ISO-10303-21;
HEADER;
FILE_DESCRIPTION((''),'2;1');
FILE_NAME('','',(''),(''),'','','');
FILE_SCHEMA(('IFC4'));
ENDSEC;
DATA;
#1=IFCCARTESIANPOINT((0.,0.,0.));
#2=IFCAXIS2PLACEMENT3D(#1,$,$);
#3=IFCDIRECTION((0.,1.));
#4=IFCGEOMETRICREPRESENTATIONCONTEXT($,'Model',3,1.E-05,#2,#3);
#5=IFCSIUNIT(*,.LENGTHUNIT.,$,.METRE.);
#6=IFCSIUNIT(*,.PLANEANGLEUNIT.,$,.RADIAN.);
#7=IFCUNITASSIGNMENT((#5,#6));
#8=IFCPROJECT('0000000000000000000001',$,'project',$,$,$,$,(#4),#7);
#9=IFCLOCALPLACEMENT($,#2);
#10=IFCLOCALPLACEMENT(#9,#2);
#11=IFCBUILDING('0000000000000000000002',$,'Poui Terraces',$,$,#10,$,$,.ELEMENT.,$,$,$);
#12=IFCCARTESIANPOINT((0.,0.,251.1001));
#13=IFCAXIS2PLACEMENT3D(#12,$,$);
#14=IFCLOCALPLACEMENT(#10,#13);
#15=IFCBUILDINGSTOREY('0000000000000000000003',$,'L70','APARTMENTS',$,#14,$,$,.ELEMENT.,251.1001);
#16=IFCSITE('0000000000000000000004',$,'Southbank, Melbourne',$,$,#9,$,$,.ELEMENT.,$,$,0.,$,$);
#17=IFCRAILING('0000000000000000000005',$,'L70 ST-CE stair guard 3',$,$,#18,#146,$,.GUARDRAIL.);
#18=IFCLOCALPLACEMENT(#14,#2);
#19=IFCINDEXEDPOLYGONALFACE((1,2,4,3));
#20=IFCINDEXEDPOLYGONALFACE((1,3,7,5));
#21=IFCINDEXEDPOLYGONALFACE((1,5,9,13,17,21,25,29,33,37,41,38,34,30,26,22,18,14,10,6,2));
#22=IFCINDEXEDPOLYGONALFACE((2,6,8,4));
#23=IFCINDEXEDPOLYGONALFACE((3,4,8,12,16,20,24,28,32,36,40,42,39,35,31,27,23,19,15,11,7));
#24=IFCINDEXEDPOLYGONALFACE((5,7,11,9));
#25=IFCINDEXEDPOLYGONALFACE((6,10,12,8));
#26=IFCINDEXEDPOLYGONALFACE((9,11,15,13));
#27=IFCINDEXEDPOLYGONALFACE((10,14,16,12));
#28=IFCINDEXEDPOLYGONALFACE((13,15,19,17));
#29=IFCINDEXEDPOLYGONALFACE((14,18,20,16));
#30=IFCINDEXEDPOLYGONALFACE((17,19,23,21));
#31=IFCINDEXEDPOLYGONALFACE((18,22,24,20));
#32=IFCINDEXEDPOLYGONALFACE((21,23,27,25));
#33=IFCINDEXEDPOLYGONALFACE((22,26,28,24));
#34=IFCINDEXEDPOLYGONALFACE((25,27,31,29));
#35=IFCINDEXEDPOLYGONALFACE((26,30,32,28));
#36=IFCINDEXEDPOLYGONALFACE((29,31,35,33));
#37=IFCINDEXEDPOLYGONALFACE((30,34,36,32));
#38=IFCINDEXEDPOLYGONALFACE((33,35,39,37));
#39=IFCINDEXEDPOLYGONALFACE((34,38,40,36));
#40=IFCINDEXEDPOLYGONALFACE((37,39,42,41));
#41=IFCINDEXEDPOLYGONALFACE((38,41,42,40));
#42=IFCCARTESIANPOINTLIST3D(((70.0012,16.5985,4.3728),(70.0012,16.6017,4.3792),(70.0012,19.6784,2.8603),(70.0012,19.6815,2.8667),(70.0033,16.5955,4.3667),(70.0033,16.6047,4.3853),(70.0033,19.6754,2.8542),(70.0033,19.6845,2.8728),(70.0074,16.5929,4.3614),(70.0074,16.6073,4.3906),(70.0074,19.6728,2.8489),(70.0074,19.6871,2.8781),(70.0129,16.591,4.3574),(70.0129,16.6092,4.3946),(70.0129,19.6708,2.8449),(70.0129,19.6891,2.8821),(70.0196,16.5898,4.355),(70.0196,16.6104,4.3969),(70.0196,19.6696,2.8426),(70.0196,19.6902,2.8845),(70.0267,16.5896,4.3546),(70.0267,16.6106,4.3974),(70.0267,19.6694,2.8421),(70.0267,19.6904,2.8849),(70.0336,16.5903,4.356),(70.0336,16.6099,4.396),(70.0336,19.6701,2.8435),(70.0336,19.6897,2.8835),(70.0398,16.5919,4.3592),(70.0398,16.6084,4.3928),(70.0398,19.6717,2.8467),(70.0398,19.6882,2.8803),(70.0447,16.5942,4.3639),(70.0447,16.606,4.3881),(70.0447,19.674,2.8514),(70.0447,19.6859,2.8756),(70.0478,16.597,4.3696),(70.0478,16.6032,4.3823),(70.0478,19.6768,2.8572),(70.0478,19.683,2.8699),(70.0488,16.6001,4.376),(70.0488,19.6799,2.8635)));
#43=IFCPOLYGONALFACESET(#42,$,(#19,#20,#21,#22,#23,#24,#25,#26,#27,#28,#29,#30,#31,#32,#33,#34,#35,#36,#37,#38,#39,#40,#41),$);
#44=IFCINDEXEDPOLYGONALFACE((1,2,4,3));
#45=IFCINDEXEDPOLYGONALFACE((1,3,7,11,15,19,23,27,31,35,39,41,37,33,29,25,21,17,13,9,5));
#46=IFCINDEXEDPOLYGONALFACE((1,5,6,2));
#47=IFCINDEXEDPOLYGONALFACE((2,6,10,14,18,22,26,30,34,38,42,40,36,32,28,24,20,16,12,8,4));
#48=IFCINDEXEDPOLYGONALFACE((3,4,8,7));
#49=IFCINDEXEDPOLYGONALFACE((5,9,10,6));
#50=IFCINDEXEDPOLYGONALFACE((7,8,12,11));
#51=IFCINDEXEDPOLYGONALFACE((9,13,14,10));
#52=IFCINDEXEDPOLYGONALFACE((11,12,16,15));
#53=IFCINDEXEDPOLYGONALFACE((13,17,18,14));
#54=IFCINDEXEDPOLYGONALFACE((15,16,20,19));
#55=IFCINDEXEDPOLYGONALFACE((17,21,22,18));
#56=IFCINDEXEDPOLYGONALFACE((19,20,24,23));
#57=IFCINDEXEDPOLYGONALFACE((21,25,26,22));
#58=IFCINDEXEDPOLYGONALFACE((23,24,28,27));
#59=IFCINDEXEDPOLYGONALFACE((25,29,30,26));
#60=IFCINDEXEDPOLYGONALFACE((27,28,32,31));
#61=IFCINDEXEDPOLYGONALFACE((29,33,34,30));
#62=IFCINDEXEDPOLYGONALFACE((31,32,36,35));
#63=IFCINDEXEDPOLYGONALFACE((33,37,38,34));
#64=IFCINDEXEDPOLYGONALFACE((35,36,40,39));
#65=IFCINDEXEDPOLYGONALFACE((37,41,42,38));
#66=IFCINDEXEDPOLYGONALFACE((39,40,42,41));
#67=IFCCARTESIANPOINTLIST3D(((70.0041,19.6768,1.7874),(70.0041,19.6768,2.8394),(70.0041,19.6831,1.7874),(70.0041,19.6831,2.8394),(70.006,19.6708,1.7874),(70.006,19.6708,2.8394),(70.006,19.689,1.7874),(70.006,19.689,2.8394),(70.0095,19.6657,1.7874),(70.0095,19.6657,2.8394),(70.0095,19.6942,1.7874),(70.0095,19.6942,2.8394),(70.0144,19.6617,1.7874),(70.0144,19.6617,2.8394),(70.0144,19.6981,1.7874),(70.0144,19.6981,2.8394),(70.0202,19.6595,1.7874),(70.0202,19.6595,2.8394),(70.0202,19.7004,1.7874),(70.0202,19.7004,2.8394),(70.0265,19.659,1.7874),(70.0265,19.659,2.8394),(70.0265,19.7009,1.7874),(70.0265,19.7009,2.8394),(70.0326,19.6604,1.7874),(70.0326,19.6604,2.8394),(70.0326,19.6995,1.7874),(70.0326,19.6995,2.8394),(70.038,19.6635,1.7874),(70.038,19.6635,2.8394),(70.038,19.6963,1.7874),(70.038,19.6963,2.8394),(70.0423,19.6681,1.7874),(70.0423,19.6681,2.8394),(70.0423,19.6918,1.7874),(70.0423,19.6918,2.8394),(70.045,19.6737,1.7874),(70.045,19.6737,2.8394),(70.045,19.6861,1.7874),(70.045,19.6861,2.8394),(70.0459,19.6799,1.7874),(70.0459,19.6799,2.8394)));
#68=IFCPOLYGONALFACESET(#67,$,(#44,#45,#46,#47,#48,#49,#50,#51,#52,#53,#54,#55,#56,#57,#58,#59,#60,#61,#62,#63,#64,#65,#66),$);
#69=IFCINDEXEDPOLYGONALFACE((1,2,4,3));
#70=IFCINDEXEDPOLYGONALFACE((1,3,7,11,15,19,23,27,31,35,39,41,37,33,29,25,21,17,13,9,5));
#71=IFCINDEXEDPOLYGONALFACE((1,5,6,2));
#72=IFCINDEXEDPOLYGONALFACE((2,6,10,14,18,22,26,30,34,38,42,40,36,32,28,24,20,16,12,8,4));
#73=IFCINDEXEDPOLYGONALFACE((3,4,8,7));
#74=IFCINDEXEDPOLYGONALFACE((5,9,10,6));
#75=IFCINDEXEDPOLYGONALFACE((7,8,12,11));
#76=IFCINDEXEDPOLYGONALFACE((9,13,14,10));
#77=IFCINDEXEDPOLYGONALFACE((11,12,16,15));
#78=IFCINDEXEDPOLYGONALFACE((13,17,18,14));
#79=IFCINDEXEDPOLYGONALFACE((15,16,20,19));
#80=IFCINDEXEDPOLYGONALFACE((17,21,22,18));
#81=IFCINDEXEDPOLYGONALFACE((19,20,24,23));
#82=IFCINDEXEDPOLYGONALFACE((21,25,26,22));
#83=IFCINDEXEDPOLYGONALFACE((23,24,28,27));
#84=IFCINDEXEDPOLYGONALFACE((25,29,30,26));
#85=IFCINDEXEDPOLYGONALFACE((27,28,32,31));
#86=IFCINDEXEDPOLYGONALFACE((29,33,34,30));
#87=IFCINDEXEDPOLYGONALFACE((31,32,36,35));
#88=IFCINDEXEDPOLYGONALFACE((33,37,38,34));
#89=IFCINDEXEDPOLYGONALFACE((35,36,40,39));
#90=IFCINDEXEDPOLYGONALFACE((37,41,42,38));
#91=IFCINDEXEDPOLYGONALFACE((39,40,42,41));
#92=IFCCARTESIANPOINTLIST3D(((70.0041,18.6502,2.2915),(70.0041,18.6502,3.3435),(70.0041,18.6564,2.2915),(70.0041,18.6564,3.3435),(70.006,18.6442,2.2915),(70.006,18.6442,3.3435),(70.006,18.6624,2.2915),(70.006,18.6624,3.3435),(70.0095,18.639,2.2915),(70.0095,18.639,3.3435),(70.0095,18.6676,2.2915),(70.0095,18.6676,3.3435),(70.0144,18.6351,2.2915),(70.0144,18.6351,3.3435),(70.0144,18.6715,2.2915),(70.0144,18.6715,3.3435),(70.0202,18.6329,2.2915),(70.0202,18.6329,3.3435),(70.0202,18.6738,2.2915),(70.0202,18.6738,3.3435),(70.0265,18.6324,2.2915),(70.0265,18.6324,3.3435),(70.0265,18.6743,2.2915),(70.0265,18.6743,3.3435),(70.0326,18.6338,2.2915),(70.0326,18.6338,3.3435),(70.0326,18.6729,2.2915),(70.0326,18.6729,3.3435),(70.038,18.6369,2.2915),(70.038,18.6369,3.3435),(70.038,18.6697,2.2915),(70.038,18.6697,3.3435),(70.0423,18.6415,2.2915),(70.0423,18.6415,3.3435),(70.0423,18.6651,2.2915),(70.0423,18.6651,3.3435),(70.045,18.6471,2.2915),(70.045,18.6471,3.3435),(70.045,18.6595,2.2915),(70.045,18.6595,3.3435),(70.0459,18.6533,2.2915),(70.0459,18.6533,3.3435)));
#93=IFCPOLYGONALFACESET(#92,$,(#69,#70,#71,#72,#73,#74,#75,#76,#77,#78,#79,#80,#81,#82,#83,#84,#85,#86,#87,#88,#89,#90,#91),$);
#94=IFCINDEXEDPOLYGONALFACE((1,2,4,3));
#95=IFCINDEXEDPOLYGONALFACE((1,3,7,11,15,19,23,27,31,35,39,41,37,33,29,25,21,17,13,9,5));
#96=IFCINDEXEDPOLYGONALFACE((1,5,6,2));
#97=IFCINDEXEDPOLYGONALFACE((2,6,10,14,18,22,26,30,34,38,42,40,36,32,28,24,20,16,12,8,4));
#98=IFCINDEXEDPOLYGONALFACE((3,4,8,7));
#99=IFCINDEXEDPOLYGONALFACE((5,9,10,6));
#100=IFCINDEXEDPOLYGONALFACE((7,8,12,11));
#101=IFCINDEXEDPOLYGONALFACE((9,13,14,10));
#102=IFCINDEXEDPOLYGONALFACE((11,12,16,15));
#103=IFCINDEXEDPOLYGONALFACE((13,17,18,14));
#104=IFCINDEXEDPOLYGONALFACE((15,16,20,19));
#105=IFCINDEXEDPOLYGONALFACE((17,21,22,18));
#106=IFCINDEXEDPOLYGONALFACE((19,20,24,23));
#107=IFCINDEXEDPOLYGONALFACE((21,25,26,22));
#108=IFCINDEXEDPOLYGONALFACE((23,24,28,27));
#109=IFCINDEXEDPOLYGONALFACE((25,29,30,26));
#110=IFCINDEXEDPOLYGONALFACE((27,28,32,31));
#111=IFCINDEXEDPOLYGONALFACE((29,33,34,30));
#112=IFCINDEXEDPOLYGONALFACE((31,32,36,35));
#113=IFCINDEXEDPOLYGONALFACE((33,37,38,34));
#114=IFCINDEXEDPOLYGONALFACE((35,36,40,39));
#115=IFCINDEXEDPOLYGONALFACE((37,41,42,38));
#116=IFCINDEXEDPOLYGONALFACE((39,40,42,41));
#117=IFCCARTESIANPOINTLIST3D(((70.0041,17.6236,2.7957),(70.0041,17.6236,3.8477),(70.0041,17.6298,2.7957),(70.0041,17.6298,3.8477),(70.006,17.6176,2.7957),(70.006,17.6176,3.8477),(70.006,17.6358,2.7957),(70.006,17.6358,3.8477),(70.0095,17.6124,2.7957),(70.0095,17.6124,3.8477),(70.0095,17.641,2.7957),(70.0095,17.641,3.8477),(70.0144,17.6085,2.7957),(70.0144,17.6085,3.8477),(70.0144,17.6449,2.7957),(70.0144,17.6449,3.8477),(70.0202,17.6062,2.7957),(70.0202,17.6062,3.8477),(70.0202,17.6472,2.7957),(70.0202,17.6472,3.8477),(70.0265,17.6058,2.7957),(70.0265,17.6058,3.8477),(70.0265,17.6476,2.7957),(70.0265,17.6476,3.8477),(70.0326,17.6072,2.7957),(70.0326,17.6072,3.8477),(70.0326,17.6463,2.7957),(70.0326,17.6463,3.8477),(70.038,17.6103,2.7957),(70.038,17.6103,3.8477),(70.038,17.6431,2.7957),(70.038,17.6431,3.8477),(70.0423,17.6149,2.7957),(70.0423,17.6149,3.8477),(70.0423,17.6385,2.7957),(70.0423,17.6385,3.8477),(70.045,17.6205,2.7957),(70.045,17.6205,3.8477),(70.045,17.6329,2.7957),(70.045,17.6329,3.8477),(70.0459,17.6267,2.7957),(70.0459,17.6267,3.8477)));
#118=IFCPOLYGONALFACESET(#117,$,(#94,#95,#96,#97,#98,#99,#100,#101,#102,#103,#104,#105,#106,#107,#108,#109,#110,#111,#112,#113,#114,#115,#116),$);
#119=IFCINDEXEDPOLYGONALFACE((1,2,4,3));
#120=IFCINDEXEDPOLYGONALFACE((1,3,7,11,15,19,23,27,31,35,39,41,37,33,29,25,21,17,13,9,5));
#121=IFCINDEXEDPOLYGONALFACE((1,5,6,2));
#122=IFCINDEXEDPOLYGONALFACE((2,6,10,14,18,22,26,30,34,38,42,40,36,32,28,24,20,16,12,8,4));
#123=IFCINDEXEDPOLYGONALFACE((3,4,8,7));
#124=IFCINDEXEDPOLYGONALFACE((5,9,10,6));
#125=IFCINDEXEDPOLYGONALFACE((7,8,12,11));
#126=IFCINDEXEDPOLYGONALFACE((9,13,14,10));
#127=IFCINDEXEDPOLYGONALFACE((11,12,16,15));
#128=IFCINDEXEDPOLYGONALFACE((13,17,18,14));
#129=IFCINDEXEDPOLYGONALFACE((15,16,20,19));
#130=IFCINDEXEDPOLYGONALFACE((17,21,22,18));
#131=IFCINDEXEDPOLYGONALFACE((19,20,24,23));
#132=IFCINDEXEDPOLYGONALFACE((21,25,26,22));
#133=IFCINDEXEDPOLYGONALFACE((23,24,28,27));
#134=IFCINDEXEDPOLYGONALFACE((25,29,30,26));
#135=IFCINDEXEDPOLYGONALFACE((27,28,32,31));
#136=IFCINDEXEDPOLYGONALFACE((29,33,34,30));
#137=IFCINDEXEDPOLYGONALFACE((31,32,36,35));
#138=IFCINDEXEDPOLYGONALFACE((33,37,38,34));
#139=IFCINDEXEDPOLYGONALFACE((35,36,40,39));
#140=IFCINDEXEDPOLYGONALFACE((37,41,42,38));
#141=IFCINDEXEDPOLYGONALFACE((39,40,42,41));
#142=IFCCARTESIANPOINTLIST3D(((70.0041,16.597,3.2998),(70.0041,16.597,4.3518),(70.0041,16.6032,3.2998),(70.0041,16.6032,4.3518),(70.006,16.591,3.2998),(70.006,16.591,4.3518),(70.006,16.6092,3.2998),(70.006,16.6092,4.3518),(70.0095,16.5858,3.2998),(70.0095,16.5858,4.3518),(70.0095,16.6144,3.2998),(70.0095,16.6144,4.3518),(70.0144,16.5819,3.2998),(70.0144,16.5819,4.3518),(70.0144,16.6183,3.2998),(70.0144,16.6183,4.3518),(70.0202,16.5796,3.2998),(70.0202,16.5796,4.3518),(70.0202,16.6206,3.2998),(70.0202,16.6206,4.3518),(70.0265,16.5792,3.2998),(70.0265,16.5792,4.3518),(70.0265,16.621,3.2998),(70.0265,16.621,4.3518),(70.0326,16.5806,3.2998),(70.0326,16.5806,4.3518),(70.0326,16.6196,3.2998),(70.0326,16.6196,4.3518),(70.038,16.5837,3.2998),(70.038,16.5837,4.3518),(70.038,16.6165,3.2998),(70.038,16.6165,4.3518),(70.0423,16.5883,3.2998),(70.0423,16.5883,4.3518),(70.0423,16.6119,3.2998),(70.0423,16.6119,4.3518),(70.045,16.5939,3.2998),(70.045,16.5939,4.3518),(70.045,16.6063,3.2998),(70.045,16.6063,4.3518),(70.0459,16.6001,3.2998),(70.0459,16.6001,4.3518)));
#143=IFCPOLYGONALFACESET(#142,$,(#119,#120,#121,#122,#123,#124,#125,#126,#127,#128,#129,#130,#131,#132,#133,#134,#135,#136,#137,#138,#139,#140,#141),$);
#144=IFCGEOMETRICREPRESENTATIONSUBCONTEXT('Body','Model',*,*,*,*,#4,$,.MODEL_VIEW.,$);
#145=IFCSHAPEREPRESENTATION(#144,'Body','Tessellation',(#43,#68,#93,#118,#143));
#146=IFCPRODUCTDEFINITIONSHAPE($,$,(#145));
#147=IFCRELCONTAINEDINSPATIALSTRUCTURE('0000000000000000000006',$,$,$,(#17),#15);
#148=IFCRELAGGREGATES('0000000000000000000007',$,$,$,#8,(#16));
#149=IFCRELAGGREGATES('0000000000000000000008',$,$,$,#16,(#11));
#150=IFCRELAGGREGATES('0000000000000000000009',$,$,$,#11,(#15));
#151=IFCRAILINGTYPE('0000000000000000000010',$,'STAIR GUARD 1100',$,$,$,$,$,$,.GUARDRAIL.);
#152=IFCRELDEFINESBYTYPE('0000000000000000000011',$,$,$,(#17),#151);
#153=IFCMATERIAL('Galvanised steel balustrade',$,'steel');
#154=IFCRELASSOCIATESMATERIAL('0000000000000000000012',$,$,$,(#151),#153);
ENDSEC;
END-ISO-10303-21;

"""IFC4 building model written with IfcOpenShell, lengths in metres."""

from ifc_helpers import new_model, si_unit, direction, frame, origin, origin_2d, place, context, subcontext, project, spatial, circle, extrude, material, type_object, element, save


model = new_model("IFC4")

# Units and contexts
model_context = context("Model", 3, precision=1e-05, world=origin(), true_north=direction((0.0, 1.0)))
body_context = subcontext(model_context, "Body", "Model", "MODEL_VIEW")
ifc_project = project(units=[si_unit("LENGTHUNIT", "METRE"), si_unit("PLANEANGLEUNIT", "RADIAN")], contexts=[model_context])

# Site, building, storey
site_placement = place(None, origin())
site = spatial("IfcSite", under=ifc_project, at=site_placement, Name="Southbank, Melbourne", CompositionType="ELEMENT", RefElevation=0.0)
building_placement = place(site_placement, origin())
building = spatial("IfcBuilding", under=site, at=building_placement, Name="Poui Terraces", CompositionType="ELEMENT")
storey_placement = place(building_placement, frame((0.0, 0.0, 251.1001)))
storey = spatial("IfcBuildingStorey", under=building, at=storey_placement, Name="L70", Description="APARTMENTS", CompositionType="ELEMENT", Elevation=251.1001)

# Railing
ifc_material_1 = material(Name="Galvanised steel balustrade", Category="steel")
railing_type_1 = type_object("IfcRailingType", Name="STAIR GUARD 1100", PredefinedType="GUARDRAIL", material=ifc_material_1)
railing_1_placement = place(storey_placement, frame((70.0249, 19.6799, 1.7874)))
element("IfcRailing", 1, at=railing_1_placement, inside=storey, type_object=railing_type_1, Name="L70 ST-CE stair guard 3", PredefinedType="GUARDRAIL", context=body_context, shape_type="SweptSolid", body=[
    extrude(circle(Radius=0.0239, at=origin_2d()), frame((0.0, 0.0, 1.0762), z_axis=(0.0, -0.897606, 0.440798), x_axis=(1.0, 0.0, 0.0)), (0.0, 0.0, 1.0), 3.4312),
    extrude(circle(Radius=0.021, at=origin_2d()), origin(), (0.0, 0.0, 1.0), 1.052),
    extrude(circle(Radius=0.021, at=origin_2d()), frame((0.0, -1.0266, 0.5042)), (0.0, 0.0, 1.0), 1.052),
    extrude(circle(Radius=0.021, at=origin_2d()), frame((0.0, -2.0532, 1.0083)), (0.0, 0.0, 1.0), 1.052),
    extrude(circle(Radius=0.021, at=origin_2d()), frame((0.0, -3.0798, 1.5125)), (0.0, 0.0, 1.0), 1.052),
])

save(model, "model.ifc")
